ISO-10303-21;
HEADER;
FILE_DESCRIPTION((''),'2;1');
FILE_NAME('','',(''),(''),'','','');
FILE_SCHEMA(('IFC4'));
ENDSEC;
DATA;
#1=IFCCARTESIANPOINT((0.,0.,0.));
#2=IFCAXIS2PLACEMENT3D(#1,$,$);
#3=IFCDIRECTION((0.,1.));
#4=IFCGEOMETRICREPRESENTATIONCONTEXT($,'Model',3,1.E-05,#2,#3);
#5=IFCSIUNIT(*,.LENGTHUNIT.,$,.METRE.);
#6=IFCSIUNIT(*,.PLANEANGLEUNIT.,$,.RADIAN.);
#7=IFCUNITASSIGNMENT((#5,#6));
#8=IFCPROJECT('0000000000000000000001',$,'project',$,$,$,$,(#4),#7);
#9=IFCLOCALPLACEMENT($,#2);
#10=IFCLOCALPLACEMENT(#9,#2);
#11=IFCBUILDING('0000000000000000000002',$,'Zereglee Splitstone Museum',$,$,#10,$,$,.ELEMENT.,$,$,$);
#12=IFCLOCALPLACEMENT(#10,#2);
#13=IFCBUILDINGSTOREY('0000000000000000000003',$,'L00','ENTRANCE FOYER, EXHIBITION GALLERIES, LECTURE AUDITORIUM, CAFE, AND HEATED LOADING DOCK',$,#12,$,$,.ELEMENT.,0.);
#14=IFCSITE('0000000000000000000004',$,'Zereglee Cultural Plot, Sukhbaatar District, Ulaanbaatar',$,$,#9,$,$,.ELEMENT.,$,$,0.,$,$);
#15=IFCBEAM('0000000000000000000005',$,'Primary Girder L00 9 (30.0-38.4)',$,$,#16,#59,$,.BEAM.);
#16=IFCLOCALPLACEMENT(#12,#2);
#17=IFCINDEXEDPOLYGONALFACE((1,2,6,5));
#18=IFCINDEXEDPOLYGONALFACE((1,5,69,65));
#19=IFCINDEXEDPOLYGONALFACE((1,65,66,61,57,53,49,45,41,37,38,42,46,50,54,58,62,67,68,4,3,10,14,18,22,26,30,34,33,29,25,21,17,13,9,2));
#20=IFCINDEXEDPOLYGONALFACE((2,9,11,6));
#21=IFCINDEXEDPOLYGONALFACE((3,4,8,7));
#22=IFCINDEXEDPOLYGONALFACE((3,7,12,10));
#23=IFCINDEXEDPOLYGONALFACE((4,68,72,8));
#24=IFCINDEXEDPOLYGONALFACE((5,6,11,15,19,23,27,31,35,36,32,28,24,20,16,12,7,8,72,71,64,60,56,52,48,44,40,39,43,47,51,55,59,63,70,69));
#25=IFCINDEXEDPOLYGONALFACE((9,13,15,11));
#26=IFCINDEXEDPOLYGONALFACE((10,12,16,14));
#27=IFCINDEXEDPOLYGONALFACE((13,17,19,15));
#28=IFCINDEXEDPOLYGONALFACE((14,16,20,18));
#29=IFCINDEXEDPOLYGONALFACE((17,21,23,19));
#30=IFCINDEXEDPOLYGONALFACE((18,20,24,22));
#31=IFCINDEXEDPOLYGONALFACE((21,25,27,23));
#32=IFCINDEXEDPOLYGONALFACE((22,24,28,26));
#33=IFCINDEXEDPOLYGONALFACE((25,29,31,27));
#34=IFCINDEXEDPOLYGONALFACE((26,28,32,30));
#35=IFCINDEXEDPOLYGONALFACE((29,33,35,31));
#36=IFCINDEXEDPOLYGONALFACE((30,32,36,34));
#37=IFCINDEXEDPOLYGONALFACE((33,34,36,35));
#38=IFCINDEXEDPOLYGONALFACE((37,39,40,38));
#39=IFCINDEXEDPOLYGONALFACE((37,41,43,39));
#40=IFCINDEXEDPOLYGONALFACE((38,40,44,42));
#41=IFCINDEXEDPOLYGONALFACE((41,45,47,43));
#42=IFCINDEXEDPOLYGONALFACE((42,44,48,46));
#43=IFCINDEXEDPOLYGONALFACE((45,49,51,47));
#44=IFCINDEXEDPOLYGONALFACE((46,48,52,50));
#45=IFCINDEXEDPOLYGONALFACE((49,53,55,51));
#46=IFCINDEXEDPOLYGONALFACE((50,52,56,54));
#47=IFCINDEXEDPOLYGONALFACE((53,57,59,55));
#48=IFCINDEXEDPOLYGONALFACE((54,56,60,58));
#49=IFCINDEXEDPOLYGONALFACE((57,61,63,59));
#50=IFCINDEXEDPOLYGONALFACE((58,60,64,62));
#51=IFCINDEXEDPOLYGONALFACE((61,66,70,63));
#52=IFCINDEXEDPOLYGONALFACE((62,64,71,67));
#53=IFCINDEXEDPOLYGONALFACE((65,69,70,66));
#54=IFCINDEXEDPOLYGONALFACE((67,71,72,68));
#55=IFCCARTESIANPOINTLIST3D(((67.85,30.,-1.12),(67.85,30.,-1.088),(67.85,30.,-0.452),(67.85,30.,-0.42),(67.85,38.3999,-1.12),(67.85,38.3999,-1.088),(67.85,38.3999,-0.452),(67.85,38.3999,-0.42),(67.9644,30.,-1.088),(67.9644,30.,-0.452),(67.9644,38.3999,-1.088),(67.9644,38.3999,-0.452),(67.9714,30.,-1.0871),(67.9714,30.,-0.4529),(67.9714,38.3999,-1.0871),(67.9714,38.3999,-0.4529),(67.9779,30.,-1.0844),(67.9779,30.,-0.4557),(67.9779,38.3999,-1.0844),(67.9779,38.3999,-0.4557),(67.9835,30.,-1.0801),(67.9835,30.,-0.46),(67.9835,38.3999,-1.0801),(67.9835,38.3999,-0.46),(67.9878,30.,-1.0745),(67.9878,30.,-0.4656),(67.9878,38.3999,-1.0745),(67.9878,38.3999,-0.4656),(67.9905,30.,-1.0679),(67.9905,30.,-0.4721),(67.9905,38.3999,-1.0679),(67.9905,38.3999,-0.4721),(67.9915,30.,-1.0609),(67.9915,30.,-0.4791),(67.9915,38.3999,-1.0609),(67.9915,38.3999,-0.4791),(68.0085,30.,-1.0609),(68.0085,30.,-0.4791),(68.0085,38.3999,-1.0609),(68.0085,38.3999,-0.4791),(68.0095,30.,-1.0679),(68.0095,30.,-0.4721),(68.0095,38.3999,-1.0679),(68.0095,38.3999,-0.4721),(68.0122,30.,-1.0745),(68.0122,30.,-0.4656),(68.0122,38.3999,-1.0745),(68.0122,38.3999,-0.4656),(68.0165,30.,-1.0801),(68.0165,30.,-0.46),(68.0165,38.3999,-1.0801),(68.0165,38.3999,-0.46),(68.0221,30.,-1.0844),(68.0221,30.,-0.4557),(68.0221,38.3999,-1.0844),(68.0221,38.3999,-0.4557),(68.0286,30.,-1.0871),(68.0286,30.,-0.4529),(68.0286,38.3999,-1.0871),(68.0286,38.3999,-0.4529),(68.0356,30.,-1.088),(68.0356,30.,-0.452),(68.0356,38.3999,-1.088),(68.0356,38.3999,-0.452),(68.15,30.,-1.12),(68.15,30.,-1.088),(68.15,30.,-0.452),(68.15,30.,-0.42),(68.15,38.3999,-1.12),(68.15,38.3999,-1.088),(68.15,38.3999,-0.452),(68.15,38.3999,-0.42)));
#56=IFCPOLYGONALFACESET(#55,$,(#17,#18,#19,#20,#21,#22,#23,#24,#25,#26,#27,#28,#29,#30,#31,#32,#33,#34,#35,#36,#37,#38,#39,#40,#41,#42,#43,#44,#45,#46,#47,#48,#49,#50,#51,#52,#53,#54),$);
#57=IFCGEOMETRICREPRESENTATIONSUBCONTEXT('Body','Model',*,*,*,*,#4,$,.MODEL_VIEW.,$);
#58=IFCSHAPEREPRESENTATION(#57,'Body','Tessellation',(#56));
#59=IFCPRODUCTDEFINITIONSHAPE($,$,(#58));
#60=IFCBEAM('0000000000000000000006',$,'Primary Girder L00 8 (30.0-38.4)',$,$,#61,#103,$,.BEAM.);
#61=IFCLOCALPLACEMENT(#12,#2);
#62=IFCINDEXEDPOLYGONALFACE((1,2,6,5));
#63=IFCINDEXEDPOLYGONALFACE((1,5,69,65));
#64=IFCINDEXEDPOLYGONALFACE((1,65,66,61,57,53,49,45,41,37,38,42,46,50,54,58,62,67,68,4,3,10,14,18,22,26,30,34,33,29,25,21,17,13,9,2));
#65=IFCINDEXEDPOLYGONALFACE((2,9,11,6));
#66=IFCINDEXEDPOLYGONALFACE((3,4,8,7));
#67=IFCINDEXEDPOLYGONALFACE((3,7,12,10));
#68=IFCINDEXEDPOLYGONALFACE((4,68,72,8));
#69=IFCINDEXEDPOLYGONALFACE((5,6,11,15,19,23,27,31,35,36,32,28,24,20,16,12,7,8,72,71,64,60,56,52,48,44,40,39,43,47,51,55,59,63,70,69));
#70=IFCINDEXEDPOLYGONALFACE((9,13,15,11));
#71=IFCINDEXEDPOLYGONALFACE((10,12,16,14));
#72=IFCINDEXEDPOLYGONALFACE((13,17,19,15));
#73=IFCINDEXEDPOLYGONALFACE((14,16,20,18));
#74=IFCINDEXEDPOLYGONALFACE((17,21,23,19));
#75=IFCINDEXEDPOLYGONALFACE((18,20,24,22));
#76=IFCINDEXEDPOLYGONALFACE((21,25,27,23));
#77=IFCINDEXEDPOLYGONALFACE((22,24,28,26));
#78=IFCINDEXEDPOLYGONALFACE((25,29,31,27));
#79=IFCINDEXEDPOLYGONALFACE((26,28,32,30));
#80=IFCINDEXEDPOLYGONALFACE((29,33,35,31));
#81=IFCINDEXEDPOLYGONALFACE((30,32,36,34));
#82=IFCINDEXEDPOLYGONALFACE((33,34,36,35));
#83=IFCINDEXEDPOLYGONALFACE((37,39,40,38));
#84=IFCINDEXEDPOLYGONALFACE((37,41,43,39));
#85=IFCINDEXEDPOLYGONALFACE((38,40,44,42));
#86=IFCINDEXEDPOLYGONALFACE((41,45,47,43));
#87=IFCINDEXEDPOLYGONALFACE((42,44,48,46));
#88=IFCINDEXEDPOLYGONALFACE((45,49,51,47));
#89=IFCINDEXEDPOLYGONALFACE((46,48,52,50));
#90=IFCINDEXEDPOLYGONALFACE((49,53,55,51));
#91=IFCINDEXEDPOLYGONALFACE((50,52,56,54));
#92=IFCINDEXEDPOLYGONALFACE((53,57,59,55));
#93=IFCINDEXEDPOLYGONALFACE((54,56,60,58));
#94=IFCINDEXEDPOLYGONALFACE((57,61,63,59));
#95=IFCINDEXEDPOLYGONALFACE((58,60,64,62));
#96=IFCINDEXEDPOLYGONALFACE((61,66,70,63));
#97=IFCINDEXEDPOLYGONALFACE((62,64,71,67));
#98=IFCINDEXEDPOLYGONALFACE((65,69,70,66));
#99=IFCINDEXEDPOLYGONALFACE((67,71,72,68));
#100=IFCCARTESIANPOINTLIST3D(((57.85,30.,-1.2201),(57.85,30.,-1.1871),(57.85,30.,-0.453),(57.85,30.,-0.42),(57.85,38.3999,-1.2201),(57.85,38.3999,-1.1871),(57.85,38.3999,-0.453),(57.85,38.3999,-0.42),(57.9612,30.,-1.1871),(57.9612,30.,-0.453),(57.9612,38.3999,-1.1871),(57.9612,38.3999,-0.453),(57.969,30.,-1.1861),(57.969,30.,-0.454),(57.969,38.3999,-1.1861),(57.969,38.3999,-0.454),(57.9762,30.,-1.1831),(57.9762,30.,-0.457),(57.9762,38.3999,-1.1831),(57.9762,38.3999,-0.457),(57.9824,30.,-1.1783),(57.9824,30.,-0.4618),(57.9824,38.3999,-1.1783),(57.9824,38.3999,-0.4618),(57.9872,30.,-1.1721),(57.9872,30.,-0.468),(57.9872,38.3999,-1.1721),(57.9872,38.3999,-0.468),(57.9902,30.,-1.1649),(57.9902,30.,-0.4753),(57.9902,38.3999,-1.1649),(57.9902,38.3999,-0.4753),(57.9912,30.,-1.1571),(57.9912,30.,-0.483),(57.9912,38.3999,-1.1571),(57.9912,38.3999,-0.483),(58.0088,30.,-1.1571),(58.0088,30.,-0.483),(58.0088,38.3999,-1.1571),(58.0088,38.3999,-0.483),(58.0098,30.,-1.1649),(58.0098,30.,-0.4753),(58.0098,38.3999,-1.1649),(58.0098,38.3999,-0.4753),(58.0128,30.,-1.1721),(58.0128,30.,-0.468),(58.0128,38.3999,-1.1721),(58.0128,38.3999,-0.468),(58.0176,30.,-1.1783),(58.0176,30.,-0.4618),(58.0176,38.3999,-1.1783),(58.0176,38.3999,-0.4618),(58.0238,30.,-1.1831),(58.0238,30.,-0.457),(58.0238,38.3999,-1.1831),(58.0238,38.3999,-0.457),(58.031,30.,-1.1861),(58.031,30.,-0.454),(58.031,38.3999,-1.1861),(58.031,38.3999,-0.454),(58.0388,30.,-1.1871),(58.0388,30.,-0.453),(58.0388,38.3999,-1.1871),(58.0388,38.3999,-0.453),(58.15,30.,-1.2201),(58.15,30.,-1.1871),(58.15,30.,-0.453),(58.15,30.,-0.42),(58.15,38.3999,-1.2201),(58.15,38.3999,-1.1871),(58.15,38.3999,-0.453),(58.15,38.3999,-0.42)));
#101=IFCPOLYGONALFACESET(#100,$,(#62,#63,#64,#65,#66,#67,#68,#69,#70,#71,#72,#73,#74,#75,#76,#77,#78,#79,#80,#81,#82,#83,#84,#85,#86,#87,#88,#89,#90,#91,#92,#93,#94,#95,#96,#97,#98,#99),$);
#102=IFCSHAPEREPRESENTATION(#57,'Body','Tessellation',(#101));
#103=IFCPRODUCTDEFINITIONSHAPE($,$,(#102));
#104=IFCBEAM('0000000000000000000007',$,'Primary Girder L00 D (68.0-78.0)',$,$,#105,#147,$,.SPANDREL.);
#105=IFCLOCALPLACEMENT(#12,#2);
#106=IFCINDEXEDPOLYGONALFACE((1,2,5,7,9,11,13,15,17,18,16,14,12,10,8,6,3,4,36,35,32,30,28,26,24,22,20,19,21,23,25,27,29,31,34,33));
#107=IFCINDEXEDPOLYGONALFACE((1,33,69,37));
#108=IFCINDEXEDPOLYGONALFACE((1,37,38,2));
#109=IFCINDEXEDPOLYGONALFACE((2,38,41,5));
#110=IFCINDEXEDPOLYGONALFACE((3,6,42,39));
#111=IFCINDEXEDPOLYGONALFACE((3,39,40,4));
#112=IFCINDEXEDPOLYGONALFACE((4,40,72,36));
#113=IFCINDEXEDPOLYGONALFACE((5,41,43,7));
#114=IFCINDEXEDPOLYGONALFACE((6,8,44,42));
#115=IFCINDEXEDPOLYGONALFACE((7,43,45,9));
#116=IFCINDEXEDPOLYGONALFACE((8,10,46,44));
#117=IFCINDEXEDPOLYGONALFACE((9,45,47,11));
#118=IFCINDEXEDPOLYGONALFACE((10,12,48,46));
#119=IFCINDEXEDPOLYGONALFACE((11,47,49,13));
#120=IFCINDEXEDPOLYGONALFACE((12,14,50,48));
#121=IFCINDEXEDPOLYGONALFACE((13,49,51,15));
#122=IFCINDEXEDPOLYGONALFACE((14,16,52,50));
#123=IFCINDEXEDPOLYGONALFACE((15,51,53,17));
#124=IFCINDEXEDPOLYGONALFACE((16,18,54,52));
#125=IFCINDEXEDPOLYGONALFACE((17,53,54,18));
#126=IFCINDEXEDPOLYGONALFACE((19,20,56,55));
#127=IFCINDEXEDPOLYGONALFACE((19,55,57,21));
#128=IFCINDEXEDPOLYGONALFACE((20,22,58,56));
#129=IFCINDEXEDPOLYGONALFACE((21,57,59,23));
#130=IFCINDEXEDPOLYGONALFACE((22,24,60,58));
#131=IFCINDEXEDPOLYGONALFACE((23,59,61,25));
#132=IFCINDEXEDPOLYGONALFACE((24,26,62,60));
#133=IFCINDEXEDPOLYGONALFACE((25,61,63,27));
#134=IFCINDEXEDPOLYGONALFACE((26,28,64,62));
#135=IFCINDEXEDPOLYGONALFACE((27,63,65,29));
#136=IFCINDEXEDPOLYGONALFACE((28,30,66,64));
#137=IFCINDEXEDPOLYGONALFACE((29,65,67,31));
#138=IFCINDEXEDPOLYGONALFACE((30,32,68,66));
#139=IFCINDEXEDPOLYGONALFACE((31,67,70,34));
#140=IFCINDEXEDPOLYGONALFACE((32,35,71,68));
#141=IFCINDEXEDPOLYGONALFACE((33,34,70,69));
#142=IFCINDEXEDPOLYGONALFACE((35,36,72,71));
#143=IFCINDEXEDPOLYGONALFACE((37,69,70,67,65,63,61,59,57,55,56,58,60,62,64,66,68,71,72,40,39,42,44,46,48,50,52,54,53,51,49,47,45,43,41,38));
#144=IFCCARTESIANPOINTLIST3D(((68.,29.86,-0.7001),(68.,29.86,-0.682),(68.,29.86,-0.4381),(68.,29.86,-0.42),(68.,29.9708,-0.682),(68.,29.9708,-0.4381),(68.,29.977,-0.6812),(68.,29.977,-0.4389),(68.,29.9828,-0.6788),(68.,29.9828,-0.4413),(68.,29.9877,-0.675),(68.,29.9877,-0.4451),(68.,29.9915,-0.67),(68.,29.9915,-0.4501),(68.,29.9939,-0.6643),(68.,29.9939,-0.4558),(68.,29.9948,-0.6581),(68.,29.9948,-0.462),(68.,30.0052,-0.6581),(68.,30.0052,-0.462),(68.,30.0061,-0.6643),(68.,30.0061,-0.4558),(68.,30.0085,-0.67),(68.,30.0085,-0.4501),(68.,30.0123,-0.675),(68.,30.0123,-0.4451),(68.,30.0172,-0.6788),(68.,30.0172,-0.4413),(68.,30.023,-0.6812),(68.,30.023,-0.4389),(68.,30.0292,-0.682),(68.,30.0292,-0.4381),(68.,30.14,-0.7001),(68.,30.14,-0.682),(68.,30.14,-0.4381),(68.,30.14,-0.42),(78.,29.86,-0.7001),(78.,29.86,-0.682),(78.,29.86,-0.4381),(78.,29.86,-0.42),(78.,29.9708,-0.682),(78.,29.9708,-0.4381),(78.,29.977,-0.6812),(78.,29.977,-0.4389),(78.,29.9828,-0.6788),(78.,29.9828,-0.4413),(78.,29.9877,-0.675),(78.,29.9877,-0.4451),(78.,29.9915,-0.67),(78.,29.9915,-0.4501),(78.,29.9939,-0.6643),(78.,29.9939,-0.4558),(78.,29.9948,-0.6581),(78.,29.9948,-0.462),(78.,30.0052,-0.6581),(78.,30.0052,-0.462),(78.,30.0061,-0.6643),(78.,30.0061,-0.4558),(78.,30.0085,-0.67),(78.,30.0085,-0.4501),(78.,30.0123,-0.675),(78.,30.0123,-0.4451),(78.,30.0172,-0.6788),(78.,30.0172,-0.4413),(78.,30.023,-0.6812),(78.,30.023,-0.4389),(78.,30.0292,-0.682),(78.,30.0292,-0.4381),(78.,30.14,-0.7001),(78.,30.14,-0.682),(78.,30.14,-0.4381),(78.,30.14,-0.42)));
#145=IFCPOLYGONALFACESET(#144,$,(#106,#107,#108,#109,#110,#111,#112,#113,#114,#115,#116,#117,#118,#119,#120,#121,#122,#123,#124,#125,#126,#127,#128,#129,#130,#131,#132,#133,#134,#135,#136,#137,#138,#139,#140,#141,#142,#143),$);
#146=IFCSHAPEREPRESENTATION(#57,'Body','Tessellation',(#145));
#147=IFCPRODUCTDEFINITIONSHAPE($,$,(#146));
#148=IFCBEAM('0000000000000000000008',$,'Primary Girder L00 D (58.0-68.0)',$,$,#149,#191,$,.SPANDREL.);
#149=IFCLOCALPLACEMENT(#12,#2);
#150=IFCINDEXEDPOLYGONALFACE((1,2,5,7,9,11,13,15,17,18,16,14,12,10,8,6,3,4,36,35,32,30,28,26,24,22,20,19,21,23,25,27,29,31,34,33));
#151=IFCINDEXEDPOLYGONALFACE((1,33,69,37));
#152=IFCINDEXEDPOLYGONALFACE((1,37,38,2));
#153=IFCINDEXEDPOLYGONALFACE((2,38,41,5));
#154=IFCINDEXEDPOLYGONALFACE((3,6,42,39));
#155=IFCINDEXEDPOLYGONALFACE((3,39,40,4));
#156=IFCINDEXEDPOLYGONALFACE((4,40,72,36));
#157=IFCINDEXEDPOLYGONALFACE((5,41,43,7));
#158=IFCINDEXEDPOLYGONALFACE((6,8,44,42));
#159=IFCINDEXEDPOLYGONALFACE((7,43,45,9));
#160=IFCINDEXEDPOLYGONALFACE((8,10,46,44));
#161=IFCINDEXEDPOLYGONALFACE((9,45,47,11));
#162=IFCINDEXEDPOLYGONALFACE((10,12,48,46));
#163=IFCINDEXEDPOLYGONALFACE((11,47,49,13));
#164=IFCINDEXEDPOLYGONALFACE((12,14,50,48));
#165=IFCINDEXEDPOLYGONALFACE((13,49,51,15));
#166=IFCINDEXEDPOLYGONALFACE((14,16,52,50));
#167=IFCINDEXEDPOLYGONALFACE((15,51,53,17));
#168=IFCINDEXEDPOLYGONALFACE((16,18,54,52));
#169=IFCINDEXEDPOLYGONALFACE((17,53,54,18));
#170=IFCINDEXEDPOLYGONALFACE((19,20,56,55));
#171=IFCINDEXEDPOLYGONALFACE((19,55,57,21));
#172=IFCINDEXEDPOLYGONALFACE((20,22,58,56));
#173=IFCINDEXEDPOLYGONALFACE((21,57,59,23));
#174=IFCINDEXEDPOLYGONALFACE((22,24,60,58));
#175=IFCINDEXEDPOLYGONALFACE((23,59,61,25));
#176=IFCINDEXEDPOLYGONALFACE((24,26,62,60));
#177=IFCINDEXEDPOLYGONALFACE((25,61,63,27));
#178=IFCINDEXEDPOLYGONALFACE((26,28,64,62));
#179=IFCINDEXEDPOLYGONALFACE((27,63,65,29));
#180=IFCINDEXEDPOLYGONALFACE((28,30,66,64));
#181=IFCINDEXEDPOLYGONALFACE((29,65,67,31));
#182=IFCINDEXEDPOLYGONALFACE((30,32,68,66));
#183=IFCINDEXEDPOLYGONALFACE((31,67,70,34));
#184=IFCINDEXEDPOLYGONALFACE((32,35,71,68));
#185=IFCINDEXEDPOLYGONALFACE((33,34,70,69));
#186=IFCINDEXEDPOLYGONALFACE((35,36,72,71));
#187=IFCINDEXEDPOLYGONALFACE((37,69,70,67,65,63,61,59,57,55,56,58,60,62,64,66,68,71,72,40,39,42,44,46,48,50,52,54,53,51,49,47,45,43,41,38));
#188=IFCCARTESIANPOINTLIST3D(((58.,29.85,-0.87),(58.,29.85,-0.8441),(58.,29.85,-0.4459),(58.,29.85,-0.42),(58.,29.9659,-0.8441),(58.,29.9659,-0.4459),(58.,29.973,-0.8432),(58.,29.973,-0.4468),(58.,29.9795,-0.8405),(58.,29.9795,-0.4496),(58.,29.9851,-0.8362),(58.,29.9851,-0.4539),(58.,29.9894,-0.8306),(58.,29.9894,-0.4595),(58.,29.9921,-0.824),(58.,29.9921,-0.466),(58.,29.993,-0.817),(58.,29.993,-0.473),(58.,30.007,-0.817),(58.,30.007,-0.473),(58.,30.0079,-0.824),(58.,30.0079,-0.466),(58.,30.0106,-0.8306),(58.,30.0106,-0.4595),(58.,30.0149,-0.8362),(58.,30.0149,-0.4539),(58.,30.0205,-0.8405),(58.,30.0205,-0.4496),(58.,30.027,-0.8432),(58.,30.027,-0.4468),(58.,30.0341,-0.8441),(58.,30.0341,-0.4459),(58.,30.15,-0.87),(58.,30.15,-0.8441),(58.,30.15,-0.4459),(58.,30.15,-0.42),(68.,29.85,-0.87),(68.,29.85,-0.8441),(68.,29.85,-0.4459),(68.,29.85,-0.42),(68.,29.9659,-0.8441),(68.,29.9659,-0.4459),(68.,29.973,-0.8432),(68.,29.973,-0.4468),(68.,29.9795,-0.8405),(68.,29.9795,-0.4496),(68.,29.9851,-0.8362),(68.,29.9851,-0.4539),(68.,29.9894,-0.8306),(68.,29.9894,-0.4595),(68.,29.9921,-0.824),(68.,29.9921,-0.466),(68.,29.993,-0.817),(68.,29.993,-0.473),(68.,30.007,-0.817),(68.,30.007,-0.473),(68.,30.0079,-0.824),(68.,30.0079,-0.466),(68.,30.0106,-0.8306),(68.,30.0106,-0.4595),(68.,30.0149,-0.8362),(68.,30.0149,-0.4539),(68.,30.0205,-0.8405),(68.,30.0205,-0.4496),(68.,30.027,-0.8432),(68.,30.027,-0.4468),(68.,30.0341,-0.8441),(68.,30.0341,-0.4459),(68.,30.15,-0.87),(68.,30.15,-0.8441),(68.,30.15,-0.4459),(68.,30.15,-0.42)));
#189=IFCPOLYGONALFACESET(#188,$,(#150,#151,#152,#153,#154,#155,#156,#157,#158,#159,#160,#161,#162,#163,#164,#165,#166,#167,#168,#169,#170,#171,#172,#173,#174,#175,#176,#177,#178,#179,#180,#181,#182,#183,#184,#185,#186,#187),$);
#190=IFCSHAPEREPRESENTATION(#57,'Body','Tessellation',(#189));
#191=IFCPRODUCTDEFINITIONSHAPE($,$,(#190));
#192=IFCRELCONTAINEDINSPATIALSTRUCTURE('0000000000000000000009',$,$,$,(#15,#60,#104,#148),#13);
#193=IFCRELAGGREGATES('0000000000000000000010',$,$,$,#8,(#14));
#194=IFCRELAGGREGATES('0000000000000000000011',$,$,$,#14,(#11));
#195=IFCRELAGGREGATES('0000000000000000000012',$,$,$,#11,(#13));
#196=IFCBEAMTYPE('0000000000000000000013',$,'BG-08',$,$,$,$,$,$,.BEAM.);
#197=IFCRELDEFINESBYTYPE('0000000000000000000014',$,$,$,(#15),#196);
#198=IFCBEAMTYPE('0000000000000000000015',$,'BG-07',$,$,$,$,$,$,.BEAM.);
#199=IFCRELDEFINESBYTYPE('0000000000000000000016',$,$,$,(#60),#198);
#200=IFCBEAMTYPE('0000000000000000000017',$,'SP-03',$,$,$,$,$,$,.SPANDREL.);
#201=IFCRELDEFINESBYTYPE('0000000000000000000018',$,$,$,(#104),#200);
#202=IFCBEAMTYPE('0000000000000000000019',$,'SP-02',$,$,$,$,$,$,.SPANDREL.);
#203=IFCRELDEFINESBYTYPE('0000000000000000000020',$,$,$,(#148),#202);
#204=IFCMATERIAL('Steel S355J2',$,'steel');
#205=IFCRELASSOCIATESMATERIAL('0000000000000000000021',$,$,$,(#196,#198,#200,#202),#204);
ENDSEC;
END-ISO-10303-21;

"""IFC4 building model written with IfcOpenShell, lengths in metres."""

from ifc_helpers import new_model, si_unit, direction, frame, origin, origin_2d, place, context, subcontext, project, spatial, i_section, extrude, material, material_profile, profile_set, type_object, element, save


model = new_model("IFC4")

# Units and contexts
model_context = context("Model", 3, precision=1e-05, world=origin(), true_north=direction((0.0, 1.0)))
body_context = subcontext(model_context, "Body", "Model", "MODEL_VIEW")
ifc_project = project(units=[si_unit("LENGTHUNIT", "METRE"), si_unit("PLANEANGLEUNIT", "RADIAN")], contexts=[model_context])

# Site, building, storey
site_placement = place(None, origin())
site = spatial("IfcSite", under=ifc_project, at=site_placement, Name="Zereglee Cultural Plot, Sukhbaatar District, Ulaanbaatar", CompositionType="ELEMENT", RefElevation=0.0)
building_placement = place(site_placement, origin())
building = spatial("IfcBuilding", under=site, at=building_placement, Name="Zereglee Splitstone Museum", CompositionType="ELEMENT")
storey_placement = place(building_placement, origin())
storey = spatial("IfcBuildingStorey", under=building, at=storey_placement, Name="L00", Description="ENTRANCE FOYER, EXHIBITION GALLERIES, LECTURE AUDITORIUM, CAFE, AND HEATED LOADING DOCK", CompositionType="ELEMENT", Elevation=0.0)

# Beams
ifc_material_1 = material(Name="Steel S355J2", Category="steel")
ifc_material_profile_1 = material_profile(ifc_material_1, i_section(OverallWidth=0.3, OverallDepth=0.7, WebThickness=0.0171, FlangeThickness=0.032, FilletRadius=0.0271, at=origin_2d()), Name="HE 700 B")
ifc_profile_set_1 = profile_set([ifc_material_profile_1], Name="Steel S355J2")
beam_type_1 = type_object("IfcBeamType", Name="BG-08", PredefinedType="BEAM", material=ifc_profile_set_1)
beam_1_placement = place(storey_placement, frame((68.0, 30.0, -0.77), z_axis=(0.0, 1.0, 0.0), x_axis=(-1.0, 0.0, 0.0)))
element("IfcBeam", 1, at=beam_1_placement, inside=storey, type_object=beam_type_1, Name="Primary Girder L00 9 (30.0-38.4)", PredefinedType="BEAM", context=body_context, shape_type="SweptSolid", body=[
    extrude(i_section(OverallWidth=0.3, OverallDepth=0.7, WebThickness=0.0171, FlangeThickness=0.032, FilletRadius=0.0271, at=origin_2d()), origin(), (0.0, 0.0, 1.0), 8.3999),
])
ifc_material_profile_2 = material_profile(ifc_material_1, i_section(OverallWidth=0.3, OverallDepth=0.8, WebThickness=0.0176, FlangeThickness=0.033, FilletRadius=0.03, at=origin_2d()), Name="HE 800 B")
ifc_profile_set_2 = profile_set([ifc_material_profile_2], Name="Steel S355J2")
beam_type_2 = type_object("IfcBeamType", Name="BG-07", PredefinedType="BEAM", material=ifc_profile_set_2)
beam_2_placement = place(storey_placement, frame((58.0, 30.0, -0.8201), z_axis=(0.0, 1.0, 0.0), x_axis=(-1.0, 0.0, 0.0)))
element("IfcBeam", 2, at=beam_2_placement, inside=storey, type_object=beam_type_2, Name="Primary Girder L00 8 (30.0-38.4)", PredefinedType="BEAM", context=body_context, shape_type="SweptSolid", body=[
    extrude(i_section(OverallWidth=0.3, OverallDepth=0.8, WebThickness=0.0176, FlangeThickness=0.033, FilletRadius=0.03, at=origin_2d()), origin(), (0.0, 0.0, 1.0), 8.3999),
])
ifc_material_profile_3 = material_profile(ifc_material_1, i_section(OverallWidth=0.28, OverallDepth=0.28, WebThickness=0.0105, FlangeThickness=0.0181, FilletRadius=0.0239, at=origin_2d()), Name="HE 280 B")
ifc_profile_set_3 = profile_set([ifc_material_profile_3], Name="Steel S355J2")
beam_type_3 = type_object("IfcBeamType", Name="SP-03", PredefinedType="SPANDREL", material=ifc_profile_set_3)
beam_3_placement = place(storey_placement, frame((68.0, 30.0, -0.5601), z_axis=(1.0, 0.0, 0.0), x_axis=(0.0, 1.0, 0.0)))
element("IfcBeam", 3, at=beam_3_placement, inside=storey, type_object=beam_type_3, Name="Primary Girder L00 D (68.0-78.0)", PredefinedType="SPANDREL", context=body_context, shape_type="SweptSolid", body=[
    extrude(i_section(OverallWidth=0.28, OverallDepth=0.28, WebThickness=0.0105, FlangeThickness=0.0181, FilletRadius=0.0239, at=origin_2d()), origin(), (0.0, 0.0, 1.0), 10.0),
])
ifc_material_profile_4 = material_profile(ifc_material_1, i_section(OverallWidth=0.3, OverallDepth=0.45, WebThickness=0.0139, FlangeThickness=0.0259, FilletRadius=0.0271, at=origin_2d()), Name="HE 450 B")
ifc_profile_set_4 = profile_set([ifc_material_profile_4], Name="Steel S355J2")
beam_type_4 = type_object("IfcBeamType", Name="SP-02", PredefinedType="SPANDREL", material=ifc_profile_set_4)
beam_4_placement = place(storey_placement, frame((58.0, 30.0, -0.645), z_axis=(1.0, 0.0, 0.0), x_axis=(0.0, 1.0, 0.0)))
element("IfcBeam", 4, at=beam_4_placement, inside=storey, type_object=beam_type_4, Name="Primary Girder L00 D (58.0-68.0)", PredefinedType="SPANDREL", context=body_context, shape_type="SweptSolid", body=[
    extrude(i_section(OverallWidth=0.3, OverallDepth=0.45, WebThickness=0.0139, FlangeThickness=0.0259, FilletRadius=0.0271, at=origin_2d()), origin(), (0.0, 0.0, 1.0), 10.0),
])

save(model, "model.ifc")
